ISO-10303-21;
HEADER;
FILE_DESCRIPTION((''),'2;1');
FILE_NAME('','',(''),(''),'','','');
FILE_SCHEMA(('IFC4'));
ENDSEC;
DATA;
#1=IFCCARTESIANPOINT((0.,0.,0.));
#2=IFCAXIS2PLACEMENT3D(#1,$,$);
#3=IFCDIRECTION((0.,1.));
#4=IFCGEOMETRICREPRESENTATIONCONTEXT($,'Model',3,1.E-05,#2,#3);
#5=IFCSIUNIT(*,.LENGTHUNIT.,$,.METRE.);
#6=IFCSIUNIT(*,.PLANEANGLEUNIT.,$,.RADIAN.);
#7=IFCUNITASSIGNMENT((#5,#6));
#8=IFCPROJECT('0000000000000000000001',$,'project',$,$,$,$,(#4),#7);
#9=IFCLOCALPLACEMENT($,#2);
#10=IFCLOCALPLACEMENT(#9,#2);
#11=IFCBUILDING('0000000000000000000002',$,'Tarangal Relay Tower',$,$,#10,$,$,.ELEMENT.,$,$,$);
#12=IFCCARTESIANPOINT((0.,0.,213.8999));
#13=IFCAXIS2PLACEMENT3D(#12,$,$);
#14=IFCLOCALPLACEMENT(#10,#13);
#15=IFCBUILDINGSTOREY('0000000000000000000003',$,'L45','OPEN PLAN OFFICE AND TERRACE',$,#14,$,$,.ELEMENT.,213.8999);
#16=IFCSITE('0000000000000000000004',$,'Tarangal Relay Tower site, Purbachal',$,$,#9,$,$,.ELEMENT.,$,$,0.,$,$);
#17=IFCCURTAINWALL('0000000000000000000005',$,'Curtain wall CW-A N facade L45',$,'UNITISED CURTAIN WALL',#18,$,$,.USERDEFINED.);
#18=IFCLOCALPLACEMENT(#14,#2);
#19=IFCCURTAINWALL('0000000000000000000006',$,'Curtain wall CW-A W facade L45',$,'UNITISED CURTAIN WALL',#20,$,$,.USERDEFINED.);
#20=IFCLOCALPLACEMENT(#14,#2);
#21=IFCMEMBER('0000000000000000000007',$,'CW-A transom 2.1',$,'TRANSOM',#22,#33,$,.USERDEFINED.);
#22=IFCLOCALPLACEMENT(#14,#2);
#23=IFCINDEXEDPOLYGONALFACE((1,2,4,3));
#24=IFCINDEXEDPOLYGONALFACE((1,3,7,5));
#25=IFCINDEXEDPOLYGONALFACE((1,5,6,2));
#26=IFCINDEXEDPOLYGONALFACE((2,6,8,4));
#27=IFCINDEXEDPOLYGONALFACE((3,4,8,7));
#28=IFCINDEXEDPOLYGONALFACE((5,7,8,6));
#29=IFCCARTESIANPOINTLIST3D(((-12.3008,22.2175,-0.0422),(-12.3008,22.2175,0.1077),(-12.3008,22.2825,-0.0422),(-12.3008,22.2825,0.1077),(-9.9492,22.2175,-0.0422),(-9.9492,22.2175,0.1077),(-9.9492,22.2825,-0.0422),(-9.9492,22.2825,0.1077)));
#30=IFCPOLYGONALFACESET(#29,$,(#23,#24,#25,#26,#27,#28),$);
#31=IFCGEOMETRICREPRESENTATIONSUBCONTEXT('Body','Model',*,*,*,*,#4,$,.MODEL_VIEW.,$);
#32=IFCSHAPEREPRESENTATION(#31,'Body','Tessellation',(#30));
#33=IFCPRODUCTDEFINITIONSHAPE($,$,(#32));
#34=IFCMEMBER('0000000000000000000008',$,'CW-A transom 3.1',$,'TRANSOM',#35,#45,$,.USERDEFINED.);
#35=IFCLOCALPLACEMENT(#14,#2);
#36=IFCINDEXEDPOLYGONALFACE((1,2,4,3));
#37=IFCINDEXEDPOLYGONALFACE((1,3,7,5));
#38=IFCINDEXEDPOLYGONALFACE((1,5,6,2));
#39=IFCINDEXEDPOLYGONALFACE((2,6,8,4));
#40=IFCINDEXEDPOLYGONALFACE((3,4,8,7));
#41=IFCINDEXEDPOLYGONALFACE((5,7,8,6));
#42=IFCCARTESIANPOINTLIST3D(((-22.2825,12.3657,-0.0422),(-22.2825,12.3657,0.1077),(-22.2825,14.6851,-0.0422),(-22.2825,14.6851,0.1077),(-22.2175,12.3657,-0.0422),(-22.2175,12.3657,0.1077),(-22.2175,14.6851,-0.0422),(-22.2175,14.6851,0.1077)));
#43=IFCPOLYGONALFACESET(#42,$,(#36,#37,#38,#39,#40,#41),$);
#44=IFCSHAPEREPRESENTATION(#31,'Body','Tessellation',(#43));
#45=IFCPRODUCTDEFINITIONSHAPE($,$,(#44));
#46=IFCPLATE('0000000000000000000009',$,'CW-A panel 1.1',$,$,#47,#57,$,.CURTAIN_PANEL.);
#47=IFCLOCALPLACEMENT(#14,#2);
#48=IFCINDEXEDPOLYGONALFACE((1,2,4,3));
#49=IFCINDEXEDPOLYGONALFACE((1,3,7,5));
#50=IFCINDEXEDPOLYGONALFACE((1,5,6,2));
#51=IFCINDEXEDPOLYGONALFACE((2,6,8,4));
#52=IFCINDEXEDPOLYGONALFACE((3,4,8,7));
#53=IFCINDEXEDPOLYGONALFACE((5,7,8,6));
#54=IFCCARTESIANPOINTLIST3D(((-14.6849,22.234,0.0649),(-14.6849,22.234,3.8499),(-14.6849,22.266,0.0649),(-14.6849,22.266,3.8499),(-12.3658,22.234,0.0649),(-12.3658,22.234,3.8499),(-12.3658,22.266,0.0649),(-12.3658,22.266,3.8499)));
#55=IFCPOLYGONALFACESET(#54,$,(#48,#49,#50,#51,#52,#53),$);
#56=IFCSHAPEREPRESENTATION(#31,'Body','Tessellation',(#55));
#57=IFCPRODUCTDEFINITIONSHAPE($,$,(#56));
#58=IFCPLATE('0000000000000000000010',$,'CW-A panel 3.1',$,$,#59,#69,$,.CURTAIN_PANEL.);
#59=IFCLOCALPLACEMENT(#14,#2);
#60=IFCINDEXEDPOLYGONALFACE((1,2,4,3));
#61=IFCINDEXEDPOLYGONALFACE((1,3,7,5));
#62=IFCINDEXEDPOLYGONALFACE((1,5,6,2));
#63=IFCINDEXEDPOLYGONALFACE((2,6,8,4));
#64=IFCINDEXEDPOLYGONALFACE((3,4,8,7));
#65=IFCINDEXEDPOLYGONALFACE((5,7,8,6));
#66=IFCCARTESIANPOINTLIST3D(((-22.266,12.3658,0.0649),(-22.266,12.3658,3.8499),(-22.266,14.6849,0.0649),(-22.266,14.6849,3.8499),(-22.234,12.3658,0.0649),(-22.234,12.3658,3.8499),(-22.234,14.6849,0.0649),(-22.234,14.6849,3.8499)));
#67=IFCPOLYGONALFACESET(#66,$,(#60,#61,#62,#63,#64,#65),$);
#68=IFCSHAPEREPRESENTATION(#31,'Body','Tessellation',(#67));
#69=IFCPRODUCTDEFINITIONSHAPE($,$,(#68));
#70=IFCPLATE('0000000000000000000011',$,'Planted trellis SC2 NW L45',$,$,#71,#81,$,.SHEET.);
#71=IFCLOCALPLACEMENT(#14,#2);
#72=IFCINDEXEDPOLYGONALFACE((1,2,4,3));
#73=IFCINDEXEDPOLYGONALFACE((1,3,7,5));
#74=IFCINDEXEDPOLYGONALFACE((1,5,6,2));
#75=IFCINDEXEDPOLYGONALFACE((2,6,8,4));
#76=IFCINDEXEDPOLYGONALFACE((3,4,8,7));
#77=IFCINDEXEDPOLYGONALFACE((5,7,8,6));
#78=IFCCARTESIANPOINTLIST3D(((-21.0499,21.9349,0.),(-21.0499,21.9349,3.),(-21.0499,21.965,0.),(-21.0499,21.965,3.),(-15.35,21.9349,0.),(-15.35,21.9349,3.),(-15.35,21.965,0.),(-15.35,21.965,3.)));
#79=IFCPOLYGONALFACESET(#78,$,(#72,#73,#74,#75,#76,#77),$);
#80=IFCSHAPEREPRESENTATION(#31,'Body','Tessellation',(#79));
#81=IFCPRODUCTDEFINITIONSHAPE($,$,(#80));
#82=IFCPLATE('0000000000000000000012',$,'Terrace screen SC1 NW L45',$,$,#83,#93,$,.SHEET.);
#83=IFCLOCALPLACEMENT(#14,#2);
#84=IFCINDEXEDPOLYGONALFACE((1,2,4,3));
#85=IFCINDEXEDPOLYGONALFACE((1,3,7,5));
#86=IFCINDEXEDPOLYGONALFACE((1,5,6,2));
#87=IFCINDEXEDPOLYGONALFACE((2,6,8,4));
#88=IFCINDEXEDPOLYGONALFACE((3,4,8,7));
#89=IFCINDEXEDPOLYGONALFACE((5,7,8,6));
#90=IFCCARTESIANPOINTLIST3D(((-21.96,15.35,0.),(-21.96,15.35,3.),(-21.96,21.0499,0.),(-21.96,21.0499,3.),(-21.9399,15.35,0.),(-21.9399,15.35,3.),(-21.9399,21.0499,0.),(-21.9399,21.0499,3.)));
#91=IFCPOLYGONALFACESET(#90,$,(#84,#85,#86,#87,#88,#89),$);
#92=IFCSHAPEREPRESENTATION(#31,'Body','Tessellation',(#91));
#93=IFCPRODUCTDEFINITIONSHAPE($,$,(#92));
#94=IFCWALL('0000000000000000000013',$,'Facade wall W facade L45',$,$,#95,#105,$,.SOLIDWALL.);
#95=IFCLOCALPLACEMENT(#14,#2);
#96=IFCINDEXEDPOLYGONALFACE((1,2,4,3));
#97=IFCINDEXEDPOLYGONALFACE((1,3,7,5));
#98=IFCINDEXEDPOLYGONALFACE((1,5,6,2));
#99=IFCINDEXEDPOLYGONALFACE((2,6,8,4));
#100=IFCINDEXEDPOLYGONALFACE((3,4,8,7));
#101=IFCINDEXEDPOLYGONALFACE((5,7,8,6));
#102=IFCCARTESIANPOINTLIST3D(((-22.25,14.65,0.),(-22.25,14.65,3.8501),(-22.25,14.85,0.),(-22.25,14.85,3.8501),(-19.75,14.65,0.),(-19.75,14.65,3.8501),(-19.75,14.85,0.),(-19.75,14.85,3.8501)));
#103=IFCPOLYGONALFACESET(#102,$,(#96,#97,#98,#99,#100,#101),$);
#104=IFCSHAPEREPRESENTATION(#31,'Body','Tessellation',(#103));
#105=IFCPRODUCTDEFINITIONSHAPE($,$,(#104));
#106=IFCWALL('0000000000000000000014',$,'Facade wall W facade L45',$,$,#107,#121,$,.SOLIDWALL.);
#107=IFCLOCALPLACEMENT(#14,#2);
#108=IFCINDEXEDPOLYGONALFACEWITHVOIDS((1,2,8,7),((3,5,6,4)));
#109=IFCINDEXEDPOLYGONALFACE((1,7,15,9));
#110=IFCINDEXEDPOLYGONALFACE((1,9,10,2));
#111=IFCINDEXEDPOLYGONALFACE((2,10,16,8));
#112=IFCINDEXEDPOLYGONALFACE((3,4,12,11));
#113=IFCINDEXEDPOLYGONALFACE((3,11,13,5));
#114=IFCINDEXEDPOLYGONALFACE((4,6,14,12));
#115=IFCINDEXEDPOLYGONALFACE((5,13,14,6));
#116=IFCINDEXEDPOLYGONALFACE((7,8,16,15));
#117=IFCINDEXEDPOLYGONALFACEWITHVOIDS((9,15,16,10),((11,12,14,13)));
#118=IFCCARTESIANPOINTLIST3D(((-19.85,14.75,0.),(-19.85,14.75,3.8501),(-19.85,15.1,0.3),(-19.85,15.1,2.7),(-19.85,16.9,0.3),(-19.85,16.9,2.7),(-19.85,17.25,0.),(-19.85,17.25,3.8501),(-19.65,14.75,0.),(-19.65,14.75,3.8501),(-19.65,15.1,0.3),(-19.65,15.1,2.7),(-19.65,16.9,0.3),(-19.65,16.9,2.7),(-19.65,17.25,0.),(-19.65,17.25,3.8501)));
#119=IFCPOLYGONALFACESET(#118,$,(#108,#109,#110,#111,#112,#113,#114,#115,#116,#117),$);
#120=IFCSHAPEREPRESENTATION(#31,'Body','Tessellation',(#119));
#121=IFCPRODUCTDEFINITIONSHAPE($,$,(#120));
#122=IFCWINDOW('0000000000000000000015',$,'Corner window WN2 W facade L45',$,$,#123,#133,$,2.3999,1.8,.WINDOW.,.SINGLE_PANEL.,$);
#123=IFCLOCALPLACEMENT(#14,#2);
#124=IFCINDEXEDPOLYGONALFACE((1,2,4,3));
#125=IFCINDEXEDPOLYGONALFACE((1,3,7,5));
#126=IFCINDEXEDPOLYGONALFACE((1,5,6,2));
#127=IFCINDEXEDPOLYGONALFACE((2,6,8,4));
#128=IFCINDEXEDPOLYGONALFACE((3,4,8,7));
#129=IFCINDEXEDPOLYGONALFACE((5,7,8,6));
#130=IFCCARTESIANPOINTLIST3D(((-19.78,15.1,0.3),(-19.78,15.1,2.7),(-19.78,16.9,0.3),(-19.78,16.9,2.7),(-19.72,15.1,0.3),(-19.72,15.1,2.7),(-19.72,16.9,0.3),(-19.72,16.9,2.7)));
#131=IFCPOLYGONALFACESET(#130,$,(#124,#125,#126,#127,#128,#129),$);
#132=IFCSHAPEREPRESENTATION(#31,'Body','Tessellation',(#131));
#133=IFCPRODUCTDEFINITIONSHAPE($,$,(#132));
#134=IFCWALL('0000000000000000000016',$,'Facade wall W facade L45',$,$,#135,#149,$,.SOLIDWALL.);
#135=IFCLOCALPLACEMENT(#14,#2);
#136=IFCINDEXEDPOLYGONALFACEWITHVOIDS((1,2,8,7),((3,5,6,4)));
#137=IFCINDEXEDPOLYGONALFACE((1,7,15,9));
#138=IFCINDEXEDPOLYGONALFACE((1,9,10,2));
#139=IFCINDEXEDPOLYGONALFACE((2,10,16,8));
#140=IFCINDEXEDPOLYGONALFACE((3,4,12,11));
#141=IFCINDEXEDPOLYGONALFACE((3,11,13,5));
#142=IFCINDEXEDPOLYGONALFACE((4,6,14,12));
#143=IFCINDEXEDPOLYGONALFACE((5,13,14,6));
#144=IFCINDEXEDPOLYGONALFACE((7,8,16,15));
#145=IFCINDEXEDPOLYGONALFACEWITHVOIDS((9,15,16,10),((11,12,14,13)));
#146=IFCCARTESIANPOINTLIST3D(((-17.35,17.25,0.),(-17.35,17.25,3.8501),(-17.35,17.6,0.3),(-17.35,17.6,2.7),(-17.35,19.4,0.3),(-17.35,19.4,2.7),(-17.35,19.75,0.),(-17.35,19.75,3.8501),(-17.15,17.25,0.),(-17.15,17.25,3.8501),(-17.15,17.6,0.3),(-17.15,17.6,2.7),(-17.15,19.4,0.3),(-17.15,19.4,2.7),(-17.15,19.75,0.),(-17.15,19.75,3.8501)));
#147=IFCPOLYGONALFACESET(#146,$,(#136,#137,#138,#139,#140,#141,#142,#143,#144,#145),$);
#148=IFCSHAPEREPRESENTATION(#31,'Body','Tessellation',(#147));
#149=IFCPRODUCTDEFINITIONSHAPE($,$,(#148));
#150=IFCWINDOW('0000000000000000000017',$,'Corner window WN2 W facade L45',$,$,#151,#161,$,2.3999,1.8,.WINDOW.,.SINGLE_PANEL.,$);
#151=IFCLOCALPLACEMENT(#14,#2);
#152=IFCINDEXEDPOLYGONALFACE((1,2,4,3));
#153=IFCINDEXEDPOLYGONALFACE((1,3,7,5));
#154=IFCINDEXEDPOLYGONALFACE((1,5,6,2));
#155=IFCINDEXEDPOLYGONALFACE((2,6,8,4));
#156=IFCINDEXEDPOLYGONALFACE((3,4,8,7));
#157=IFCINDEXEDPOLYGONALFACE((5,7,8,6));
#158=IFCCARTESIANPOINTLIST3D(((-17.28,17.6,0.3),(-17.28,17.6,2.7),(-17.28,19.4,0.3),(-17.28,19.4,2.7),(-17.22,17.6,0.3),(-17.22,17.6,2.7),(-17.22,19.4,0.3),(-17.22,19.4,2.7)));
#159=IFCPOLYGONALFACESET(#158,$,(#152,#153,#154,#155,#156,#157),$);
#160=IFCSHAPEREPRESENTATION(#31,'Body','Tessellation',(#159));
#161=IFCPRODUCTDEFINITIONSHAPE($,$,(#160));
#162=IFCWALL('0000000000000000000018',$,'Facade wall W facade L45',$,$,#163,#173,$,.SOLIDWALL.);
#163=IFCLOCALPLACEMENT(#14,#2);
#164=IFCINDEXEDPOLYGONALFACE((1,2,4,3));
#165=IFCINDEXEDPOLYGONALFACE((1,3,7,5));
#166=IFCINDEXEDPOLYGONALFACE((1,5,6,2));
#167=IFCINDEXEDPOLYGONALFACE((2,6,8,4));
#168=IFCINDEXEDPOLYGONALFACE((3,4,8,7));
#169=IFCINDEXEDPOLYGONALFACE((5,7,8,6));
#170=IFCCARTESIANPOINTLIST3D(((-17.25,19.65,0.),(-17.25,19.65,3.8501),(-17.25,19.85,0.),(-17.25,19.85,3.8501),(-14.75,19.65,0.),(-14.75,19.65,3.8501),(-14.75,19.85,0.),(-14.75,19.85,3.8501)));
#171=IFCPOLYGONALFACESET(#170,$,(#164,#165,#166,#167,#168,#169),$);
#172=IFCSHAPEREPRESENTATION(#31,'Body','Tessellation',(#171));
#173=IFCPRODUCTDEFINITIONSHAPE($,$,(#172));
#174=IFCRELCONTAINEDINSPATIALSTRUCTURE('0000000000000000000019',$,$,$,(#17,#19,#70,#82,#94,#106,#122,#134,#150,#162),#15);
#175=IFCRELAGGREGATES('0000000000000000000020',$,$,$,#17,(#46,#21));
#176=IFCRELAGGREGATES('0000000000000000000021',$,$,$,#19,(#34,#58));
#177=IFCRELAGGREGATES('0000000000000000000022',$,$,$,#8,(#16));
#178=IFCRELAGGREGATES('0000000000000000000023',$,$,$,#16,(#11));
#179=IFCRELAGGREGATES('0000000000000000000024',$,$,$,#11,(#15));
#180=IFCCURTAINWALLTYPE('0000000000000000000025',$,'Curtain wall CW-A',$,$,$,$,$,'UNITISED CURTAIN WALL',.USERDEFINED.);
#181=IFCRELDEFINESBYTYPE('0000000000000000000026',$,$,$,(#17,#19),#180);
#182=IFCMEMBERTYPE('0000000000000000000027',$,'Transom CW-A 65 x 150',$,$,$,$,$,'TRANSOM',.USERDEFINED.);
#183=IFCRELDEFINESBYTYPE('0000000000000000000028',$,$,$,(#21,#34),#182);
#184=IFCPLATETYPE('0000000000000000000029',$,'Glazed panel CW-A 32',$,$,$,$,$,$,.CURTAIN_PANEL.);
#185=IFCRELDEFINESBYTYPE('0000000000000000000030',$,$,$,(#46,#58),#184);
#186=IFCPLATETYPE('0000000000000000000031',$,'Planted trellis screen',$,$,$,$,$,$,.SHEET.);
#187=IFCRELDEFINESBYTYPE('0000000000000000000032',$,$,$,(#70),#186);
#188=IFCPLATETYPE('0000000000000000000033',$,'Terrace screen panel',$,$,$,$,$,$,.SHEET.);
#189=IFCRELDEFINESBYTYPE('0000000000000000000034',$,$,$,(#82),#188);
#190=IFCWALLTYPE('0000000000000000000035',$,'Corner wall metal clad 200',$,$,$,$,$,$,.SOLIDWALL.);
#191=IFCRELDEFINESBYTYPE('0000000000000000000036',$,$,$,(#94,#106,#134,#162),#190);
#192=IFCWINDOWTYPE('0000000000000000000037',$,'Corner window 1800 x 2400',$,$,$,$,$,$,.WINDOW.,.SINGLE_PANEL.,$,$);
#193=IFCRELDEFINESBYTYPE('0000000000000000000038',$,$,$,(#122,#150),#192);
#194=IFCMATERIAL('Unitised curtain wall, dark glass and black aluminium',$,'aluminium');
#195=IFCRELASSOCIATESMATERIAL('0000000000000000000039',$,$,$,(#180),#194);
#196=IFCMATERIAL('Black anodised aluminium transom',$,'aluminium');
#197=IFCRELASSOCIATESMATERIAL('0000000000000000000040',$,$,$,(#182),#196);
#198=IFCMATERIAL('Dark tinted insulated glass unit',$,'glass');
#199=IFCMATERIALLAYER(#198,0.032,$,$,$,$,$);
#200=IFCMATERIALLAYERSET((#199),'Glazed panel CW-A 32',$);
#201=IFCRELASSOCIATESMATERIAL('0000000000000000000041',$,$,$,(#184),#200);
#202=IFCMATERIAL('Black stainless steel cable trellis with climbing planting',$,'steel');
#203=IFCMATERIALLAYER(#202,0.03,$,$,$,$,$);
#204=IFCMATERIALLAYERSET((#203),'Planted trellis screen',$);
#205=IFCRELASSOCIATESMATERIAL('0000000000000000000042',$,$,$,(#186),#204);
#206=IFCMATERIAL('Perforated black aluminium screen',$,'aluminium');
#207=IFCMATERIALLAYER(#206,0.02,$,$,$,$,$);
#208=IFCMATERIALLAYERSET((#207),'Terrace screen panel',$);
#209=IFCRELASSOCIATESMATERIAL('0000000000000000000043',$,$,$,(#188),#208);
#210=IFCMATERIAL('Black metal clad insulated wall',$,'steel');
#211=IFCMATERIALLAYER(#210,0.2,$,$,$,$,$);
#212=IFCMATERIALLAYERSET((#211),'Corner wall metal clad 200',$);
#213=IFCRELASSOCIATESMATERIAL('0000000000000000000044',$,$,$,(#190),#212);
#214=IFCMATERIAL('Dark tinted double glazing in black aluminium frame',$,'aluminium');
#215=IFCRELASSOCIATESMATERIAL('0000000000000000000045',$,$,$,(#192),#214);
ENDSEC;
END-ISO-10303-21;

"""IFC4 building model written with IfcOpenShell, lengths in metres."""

from ifc_helpers import new_model, si_unit, direction, frame, frame_2d, origin, origin_2d, place, context, subcontext, project, spatial, rectangle, extrude, material, layer, layer_set, material_profile, profile_set, type_object, element, fill, aggregate, save


model = new_model("IFC4")

# Units and contexts
model_context = context("Model", 3, precision=1e-05, world=origin(), true_north=direction((0.0, 1.0)))
body_context = subcontext(model_context, "Body", "Model", "MODEL_VIEW")
ifc_project = project(units=[si_unit("LENGTHUNIT", "METRE"), si_unit("PLANEANGLEUNIT", "RADIAN")], contexts=[model_context])

# Site, building, storey
site_placement = place(None, origin())
site = spatial("IfcSite", under=ifc_project, at=site_placement, Name="Tarangal Relay Tower site, Purbachal", CompositionType="ELEMENT", RefElevation=0.0)
building_placement = place(site_placement, origin())
building = spatial("IfcBuilding", under=site, at=building_placement, Name="Tarangal Relay Tower", CompositionType="ELEMENT")
storey_placement = place(building_placement, frame((0.0, 0.0, 213.8999)))
storey = spatial("IfcBuildingStorey", under=building, at=storey_placement, Name="L45", Description="OPEN PLAN OFFICE AND TERRACE", CompositionType="ELEMENT", Elevation=213.8999)

# Curtain walls
ifc_material_1 = material(Name="Unitised curtain wall, dark glass and black aluminium", Category="aluminium")
curtain_wall_type = type_object("IfcCurtainWallType", Name="Curtain wall CW-A", ElementType="UNITISED CURTAIN WALL", PredefinedType="USERDEFINED", material=ifc_material_1)
curtain_wall_1_placement = place(storey_placement, origin())
curtain_wall_1 = element("IfcCurtainWall", 1, at=curtain_wall_1_placement, inside=storey, type_object=curtain_wall_type, Name="Curtain wall CW-A N facade L45", ObjectType="UNITISED CURTAIN WALL", PredefinedType="USERDEFINED")
curtain_wall_2_placement = place(storey_placement, origin())
curtain_wall_2 = element("IfcCurtainWall", 2, at=curtain_wall_2_placement, inside=storey, type_object=curtain_wall_type, Name="Curtain wall CW-A W facade L45", ObjectType="UNITISED CURTAIN WALL", PredefinedType="USERDEFINED")

# Members
ifc_material_2 = material(Name="Black anodised aluminium transom", Category="aluminium")
ifc_material_profile_1 = material_profile(ifc_material_2, rectangle(XDim=0.0649, YDim=0.1499, at=origin_2d()), Name="CW-AT 65X150")
ifc_profile_set_1 = profile_set([ifc_material_profile_1], Name="Black anodised aluminium transom")
member_type_1 = type_object("IfcMemberType", Name="Transom CW-A 65 x 150", ElementType="TRANSOM", PredefinedType="USERDEFINED", material=ifc_profile_set_1)
member_1_placement = place(storey_placement, frame((-12.3008, 22.25, 0.0327), z_axis=(1.0, 0.0, 0.0), x_axis=(0.0, 1.0, 0.0)))
member_1 = element("IfcMember", 3, at=member_1_placement, type_object=member_type_1, Name="CW-A transom 2.1", ObjectType="TRANSOM", PredefinedType="USERDEFINED", context=body_context, shape_type="SweptSolid", body=[
    extrude(rectangle(XDim=0.0649, YDim=0.1499, at=origin_2d()), origin(), (0.0, 0.0, 1.0), 2.3516),
])
member_2_placement = place(storey_placement, frame((-22.25, 12.3657, 0.0327), z_axis=(0.0, 1.0, 0.0), x_axis=(-1.0, 0.0, 0.0)))
member_2 = element("IfcMember", 4, at=member_2_placement, type_object=member_type_1, Name="CW-A transom 3.1", ObjectType="TRANSOM", PredefinedType="USERDEFINED", context=body_context, shape_type="SweptSolid", body=[
    extrude(rectangle(XDim=0.0649, YDim=0.1499, at=origin_2d()), origin(), (0.0, 0.0, 1.0), 2.3193),
])

# Plates
ifc_material_3 = material(Name="Dark tinted insulated glass unit", Category="glass")
ifc_layer_1 = layer(ifc_material_3, 0.032)
ifc_layer_set_1 = layer_set([ifc_layer_1], Name="Glazed panel CW-A 32")
plate_type_1 = type_object("IfcPlateType", Name="Glazed panel CW-A 32", PredefinedType="CURTAIN_PANEL", material=ifc_layer_set_1)
plate_1_placement = place(storey_placement, frame((-13.5254, 22.25, 0.0649), z_axis=(0.0, 0.0, 1.0), x_axis=(1.0, 0.0, 0.0)))
plate_1 = element("IfcPlate", 5, at=plate_1_placement, type_object=plate_type_1, Name="CW-A panel 1.1", PredefinedType="CURTAIN_PANEL", context=body_context, shape_type="SweptSolid", body=[
    extrude(rectangle(XDim=2.3191, YDim=0.032, at=origin_2d()), origin(), (0.0, 0.0, 1.0), 3.7849),
])
aggregate(curtain_wall_1, [plate_1, member_1])
plate_2_placement = place(storey_placement, frame((-22.25, 13.5254, 0.0649), z_axis=(0.0, 0.0, 1.0), x_axis=(0.0, 1.0, 0.0)))
plate_2 = element("IfcPlate", 6, at=plate_2_placement, type_object=plate_type_1, Name="CW-A panel 3.1", PredefinedType="CURTAIN_PANEL", context=body_context, shape_type="SweptSolid", body=[
    extrude(rectangle(XDim=2.3191, YDim=0.032, at=origin_2d()), origin(), (0.0, 0.0, 1.0), 3.7849),
])
aggregate(curtain_wall_2, [member_2, plate_2])

# Plates
ifc_material_4 = material(Name="Black stainless steel cable trellis with climbing planting", Category="steel")
ifc_layer_2 = layer(ifc_material_4, 0.03)
ifc_layer_set_2 = layer_set([ifc_layer_2], Name="Planted trellis screen")
plate_type_2 = type_object("IfcPlateType", Name="Planted trellis screen", PredefinedType="SHEET", material=ifc_layer_set_2)
plate_3_placement = place(storey_placement, frame((-18.2, 21.95, 0.0), z_axis=(0.0, 0.0, 1.0), x_axis=(1.0, 0.0, 0.0)))
element("IfcPlate", 7, at=plate_3_placement, inside=storey, type_object=plate_type_2, Name="Planted trellis SC2 NW L45", PredefinedType="SHEET", context=body_context, shape_type="SweptSolid", body=[
    extrude(rectangle(XDim=5.7, YDim=0.03, at=origin_2d()), origin(), (0.0, 0.0, 1.0), 3.0),
])
ifc_material_5 = material(Name="Perforated black aluminium screen", Category="aluminium")
ifc_layer_3 = layer(ifc_material_5, 0.02)
ifc_layer_set_3 = layer_set([ifc_layer_3], Name="Terrace screen panel")
plate_type_3 = type_object("IfcPlateType", Name="Terrace screen panel", PredefinedType="SHEET", material=ifc_layer_set_3)
plate_4_placement = place(storey_placement, frame((-21.95, 18.2, 0.0), z_axis=(0.0, 0.0, 1.0), x_axis=(0.0, 1.0, 0.0)))
element("IfcPlate", 8, at=plate_4_placement, inside=storey, type_object=plate_type_3, Name="Terrace screen SC1 NW L45", PredefinedType="SHEET", context=body_context, shape_type="SweptSolid", body=[
    extrude(rectangle(XDim=5.7, YDim=0.02, at=origin_2d()), origin(), (0.0, 0.0, 1.0), 3.0),
])

# Wall
ifc_material_6 = material(Name="Black metal clad insulated wall", Category="steel")
ifc_layer_4 = layer(ifc_material_6, 0.2)
ifc_layer_set_4 = layer_set([ifc_layer_4], Name="Corner wall metal clad 200")
wall_type_1 = type_object("IfcWallType", Name="Corner wall metal clad 200", PredefinedType="SOLIDWALL", material=ifc_layer_set_4)
wall_1_placement = place(storey_placement, frame((-22.25, 14.75, 0.0), z_axis=(0.0, 0.0, 1.0), x_axis=(1.0, 0.0, 0.0)))
element("IfcWall", 9, at=wall_1_placement, inside=storey, type_object=wall_type_1, Name="Facade wall W facade L45", PredefinedType="SOLIDWALL", context=body_context, shape_type="SweptSolid", body=[
    extrude(rectangle(XDim=2.5, YDim=0.2, at=frame_2d((1.25, 0.0))), origin(), (0.0, 0.0, 1.0), 3.8501),
])

# Wall, opening, window
wall_2_placement = place(storey_placement, frame((-19.75, 14.75, 0.0), z_axis=(0.0, 0.0, 1.0), x_axis=(0.0, 1.0, 0.0)))
wall_2 = element("IfcWall", 10, at=wall_2_placement, inside=storey, type_object=wall_type_1, Name="Facade wall W facade L45", PredefinedType="SOLIDWALL", context=body_context, shape_type="SweptSolid", body=[
    extrude(rectangle(XDim=2.5, YDim=0.2, at=frame_2d((1.25, 0.0))), origin(), (0.0, 0.0, 1.0), 3.8501),
])
opening_1_placement = place(wall_2_placement, frame((0.3501, 0.0, 0.3)))
opening_1 = element("IfcOpeningElement", 11, at=opening_1_placement, cuts=wall_2, PredefinedType="OPENING", context=body_context, shape_type="SweptSolid", body=[
    extrude(rectangle(XDim=1.8, YDim=2.3999, at=frame_2d((0.8999, 1.2))), frame((0.0, 0.1099, 0.0), z_axis=(0.0, -1.0, 0.0), x_axis=(1.0, 0.0, 0.0)), (0.0, 0.0, 1.0), 0.22),
])
ifc_material_7 = material(Name="Dark tinted double glazing in black aluminium frame", Category="aluminium")
window_type = type_object("IfcWindowType", Name="Corner window 1800 x 2400", PartitioningType="SINGLE_PANEL", PredefinedType="WINDOW", material=ifc_material_7)
window_1_placement = place(opening_1_placement, origin())
window_1 = element("IfcWindow", 12, at=window_1_placement, inside=storey, type_object=window_type, Name="Corner window WN2 W facade L45", OverallHeight=2.3999, OverallWidth=1.8, PartitioningType="SINGLE_PANEL", PredefinedType="WINDOW", context=body_context, shape_type="SweptSolid", body=[
    extrude(rectangle(XDim=1.8, YDim=2.3999, at=frame_2d((0.8999, 1.2))), frame((0.0, 0.03, 0.0), z_axis=(0.0, -1.0, 0.0), x_axis=(1.0, 0.0, 0.0)), (0.0, 0.0, 1.0), 0.0601),
])
fill(opening_1, window_1)

# Wall, opening, window
wall_3_placement = place(storey_placement, frame((-17.25, 17.25, 0.0), z_axis=(0.0, 0.0, 1.0), x_axis=(0.0, 1.0, 0.0)))
wall_3 = element("IfcWall", 13, at=wall_3_placement, inside=storey, type_object=wall_type_1, Name="Facade wall W facade L45", PredefinedType="SOLIDWALL", context=body_context, shape_type="SweptSolid", body=[
    extrude(rectangle(XDim=2.5, YDim=0.2, at=frame_2d((1.25, 0.0))), origin(), (0.0, 0.0, 1.0), 3.8501),
])
opening_2_placement = place(wall_3_placement, frame((0.3501, 0.0, 0.3)))
opening_2 = element("IfcOpeningElement", 14, at=opening_2_placement, cuts=wall_3, PredefinedType="OPENING", context=body_context, shape_type="SweptSolid", body=[
    extrude(rectangle(XDim=1.8, YDim=2.3999, at=frame_2d((0.8999, 1.2))), frame((0.0, 0.1099, 0.0), z_axis=(0.0, -1.0, 0.0), x_axis=(1.0, 0.0, 0.0)), (0.0, 0.0, 1.0), 0.22),
])
window_2_placement = place(opening_2_placement, origin())
window_2 = element("IfcWindow", 15, at=window_2_placement, inside=storey, type_object=window_type, Name="Corner window WN2 W facade L45", OverallHeight=2.3999, OverallWidth=1.8, PartitioningType="SINGLE_PANEL", PredefinedType="WINDOW", context=body_context, shape_type="SweptSolid", body=[
    extrude(rectangle(XDim=1.8, YDim=2.3999, at=frame_2d((0.8999, 1.2))), frame((0.0, 0.03, 0.0), z_axis=(0.0, -1.0, 0.0), x_axis=(1.0, 0.0, 0.0)), (0.0, 0.0, 1.0), 0.0601),
])
fill(opening_2, window_2)

# Wall
wall_4_placement = place(storey_placement, frame((-17.25, 19.75, 0.0), z_axis=(0.0, 0.0, 1.0), x_axis=(1.0, 0.0, 0.0)))
element("IfcWall", 16, at=wall_4_placement, inside=storey, type_object=wall_type_1, Name="Facade wall W facade L45", PredefinedType="SOLIDWALL", context=body_context, shape_type="SweptSolid", body=[
    extrude(rectangle(XDim=2.5, YDim=0.2, at=frame_2d((1.25, 0.0))), origin(), (0.0, 0.0, 1.0), 3.8501),
])

save(model, "model.ifc")
